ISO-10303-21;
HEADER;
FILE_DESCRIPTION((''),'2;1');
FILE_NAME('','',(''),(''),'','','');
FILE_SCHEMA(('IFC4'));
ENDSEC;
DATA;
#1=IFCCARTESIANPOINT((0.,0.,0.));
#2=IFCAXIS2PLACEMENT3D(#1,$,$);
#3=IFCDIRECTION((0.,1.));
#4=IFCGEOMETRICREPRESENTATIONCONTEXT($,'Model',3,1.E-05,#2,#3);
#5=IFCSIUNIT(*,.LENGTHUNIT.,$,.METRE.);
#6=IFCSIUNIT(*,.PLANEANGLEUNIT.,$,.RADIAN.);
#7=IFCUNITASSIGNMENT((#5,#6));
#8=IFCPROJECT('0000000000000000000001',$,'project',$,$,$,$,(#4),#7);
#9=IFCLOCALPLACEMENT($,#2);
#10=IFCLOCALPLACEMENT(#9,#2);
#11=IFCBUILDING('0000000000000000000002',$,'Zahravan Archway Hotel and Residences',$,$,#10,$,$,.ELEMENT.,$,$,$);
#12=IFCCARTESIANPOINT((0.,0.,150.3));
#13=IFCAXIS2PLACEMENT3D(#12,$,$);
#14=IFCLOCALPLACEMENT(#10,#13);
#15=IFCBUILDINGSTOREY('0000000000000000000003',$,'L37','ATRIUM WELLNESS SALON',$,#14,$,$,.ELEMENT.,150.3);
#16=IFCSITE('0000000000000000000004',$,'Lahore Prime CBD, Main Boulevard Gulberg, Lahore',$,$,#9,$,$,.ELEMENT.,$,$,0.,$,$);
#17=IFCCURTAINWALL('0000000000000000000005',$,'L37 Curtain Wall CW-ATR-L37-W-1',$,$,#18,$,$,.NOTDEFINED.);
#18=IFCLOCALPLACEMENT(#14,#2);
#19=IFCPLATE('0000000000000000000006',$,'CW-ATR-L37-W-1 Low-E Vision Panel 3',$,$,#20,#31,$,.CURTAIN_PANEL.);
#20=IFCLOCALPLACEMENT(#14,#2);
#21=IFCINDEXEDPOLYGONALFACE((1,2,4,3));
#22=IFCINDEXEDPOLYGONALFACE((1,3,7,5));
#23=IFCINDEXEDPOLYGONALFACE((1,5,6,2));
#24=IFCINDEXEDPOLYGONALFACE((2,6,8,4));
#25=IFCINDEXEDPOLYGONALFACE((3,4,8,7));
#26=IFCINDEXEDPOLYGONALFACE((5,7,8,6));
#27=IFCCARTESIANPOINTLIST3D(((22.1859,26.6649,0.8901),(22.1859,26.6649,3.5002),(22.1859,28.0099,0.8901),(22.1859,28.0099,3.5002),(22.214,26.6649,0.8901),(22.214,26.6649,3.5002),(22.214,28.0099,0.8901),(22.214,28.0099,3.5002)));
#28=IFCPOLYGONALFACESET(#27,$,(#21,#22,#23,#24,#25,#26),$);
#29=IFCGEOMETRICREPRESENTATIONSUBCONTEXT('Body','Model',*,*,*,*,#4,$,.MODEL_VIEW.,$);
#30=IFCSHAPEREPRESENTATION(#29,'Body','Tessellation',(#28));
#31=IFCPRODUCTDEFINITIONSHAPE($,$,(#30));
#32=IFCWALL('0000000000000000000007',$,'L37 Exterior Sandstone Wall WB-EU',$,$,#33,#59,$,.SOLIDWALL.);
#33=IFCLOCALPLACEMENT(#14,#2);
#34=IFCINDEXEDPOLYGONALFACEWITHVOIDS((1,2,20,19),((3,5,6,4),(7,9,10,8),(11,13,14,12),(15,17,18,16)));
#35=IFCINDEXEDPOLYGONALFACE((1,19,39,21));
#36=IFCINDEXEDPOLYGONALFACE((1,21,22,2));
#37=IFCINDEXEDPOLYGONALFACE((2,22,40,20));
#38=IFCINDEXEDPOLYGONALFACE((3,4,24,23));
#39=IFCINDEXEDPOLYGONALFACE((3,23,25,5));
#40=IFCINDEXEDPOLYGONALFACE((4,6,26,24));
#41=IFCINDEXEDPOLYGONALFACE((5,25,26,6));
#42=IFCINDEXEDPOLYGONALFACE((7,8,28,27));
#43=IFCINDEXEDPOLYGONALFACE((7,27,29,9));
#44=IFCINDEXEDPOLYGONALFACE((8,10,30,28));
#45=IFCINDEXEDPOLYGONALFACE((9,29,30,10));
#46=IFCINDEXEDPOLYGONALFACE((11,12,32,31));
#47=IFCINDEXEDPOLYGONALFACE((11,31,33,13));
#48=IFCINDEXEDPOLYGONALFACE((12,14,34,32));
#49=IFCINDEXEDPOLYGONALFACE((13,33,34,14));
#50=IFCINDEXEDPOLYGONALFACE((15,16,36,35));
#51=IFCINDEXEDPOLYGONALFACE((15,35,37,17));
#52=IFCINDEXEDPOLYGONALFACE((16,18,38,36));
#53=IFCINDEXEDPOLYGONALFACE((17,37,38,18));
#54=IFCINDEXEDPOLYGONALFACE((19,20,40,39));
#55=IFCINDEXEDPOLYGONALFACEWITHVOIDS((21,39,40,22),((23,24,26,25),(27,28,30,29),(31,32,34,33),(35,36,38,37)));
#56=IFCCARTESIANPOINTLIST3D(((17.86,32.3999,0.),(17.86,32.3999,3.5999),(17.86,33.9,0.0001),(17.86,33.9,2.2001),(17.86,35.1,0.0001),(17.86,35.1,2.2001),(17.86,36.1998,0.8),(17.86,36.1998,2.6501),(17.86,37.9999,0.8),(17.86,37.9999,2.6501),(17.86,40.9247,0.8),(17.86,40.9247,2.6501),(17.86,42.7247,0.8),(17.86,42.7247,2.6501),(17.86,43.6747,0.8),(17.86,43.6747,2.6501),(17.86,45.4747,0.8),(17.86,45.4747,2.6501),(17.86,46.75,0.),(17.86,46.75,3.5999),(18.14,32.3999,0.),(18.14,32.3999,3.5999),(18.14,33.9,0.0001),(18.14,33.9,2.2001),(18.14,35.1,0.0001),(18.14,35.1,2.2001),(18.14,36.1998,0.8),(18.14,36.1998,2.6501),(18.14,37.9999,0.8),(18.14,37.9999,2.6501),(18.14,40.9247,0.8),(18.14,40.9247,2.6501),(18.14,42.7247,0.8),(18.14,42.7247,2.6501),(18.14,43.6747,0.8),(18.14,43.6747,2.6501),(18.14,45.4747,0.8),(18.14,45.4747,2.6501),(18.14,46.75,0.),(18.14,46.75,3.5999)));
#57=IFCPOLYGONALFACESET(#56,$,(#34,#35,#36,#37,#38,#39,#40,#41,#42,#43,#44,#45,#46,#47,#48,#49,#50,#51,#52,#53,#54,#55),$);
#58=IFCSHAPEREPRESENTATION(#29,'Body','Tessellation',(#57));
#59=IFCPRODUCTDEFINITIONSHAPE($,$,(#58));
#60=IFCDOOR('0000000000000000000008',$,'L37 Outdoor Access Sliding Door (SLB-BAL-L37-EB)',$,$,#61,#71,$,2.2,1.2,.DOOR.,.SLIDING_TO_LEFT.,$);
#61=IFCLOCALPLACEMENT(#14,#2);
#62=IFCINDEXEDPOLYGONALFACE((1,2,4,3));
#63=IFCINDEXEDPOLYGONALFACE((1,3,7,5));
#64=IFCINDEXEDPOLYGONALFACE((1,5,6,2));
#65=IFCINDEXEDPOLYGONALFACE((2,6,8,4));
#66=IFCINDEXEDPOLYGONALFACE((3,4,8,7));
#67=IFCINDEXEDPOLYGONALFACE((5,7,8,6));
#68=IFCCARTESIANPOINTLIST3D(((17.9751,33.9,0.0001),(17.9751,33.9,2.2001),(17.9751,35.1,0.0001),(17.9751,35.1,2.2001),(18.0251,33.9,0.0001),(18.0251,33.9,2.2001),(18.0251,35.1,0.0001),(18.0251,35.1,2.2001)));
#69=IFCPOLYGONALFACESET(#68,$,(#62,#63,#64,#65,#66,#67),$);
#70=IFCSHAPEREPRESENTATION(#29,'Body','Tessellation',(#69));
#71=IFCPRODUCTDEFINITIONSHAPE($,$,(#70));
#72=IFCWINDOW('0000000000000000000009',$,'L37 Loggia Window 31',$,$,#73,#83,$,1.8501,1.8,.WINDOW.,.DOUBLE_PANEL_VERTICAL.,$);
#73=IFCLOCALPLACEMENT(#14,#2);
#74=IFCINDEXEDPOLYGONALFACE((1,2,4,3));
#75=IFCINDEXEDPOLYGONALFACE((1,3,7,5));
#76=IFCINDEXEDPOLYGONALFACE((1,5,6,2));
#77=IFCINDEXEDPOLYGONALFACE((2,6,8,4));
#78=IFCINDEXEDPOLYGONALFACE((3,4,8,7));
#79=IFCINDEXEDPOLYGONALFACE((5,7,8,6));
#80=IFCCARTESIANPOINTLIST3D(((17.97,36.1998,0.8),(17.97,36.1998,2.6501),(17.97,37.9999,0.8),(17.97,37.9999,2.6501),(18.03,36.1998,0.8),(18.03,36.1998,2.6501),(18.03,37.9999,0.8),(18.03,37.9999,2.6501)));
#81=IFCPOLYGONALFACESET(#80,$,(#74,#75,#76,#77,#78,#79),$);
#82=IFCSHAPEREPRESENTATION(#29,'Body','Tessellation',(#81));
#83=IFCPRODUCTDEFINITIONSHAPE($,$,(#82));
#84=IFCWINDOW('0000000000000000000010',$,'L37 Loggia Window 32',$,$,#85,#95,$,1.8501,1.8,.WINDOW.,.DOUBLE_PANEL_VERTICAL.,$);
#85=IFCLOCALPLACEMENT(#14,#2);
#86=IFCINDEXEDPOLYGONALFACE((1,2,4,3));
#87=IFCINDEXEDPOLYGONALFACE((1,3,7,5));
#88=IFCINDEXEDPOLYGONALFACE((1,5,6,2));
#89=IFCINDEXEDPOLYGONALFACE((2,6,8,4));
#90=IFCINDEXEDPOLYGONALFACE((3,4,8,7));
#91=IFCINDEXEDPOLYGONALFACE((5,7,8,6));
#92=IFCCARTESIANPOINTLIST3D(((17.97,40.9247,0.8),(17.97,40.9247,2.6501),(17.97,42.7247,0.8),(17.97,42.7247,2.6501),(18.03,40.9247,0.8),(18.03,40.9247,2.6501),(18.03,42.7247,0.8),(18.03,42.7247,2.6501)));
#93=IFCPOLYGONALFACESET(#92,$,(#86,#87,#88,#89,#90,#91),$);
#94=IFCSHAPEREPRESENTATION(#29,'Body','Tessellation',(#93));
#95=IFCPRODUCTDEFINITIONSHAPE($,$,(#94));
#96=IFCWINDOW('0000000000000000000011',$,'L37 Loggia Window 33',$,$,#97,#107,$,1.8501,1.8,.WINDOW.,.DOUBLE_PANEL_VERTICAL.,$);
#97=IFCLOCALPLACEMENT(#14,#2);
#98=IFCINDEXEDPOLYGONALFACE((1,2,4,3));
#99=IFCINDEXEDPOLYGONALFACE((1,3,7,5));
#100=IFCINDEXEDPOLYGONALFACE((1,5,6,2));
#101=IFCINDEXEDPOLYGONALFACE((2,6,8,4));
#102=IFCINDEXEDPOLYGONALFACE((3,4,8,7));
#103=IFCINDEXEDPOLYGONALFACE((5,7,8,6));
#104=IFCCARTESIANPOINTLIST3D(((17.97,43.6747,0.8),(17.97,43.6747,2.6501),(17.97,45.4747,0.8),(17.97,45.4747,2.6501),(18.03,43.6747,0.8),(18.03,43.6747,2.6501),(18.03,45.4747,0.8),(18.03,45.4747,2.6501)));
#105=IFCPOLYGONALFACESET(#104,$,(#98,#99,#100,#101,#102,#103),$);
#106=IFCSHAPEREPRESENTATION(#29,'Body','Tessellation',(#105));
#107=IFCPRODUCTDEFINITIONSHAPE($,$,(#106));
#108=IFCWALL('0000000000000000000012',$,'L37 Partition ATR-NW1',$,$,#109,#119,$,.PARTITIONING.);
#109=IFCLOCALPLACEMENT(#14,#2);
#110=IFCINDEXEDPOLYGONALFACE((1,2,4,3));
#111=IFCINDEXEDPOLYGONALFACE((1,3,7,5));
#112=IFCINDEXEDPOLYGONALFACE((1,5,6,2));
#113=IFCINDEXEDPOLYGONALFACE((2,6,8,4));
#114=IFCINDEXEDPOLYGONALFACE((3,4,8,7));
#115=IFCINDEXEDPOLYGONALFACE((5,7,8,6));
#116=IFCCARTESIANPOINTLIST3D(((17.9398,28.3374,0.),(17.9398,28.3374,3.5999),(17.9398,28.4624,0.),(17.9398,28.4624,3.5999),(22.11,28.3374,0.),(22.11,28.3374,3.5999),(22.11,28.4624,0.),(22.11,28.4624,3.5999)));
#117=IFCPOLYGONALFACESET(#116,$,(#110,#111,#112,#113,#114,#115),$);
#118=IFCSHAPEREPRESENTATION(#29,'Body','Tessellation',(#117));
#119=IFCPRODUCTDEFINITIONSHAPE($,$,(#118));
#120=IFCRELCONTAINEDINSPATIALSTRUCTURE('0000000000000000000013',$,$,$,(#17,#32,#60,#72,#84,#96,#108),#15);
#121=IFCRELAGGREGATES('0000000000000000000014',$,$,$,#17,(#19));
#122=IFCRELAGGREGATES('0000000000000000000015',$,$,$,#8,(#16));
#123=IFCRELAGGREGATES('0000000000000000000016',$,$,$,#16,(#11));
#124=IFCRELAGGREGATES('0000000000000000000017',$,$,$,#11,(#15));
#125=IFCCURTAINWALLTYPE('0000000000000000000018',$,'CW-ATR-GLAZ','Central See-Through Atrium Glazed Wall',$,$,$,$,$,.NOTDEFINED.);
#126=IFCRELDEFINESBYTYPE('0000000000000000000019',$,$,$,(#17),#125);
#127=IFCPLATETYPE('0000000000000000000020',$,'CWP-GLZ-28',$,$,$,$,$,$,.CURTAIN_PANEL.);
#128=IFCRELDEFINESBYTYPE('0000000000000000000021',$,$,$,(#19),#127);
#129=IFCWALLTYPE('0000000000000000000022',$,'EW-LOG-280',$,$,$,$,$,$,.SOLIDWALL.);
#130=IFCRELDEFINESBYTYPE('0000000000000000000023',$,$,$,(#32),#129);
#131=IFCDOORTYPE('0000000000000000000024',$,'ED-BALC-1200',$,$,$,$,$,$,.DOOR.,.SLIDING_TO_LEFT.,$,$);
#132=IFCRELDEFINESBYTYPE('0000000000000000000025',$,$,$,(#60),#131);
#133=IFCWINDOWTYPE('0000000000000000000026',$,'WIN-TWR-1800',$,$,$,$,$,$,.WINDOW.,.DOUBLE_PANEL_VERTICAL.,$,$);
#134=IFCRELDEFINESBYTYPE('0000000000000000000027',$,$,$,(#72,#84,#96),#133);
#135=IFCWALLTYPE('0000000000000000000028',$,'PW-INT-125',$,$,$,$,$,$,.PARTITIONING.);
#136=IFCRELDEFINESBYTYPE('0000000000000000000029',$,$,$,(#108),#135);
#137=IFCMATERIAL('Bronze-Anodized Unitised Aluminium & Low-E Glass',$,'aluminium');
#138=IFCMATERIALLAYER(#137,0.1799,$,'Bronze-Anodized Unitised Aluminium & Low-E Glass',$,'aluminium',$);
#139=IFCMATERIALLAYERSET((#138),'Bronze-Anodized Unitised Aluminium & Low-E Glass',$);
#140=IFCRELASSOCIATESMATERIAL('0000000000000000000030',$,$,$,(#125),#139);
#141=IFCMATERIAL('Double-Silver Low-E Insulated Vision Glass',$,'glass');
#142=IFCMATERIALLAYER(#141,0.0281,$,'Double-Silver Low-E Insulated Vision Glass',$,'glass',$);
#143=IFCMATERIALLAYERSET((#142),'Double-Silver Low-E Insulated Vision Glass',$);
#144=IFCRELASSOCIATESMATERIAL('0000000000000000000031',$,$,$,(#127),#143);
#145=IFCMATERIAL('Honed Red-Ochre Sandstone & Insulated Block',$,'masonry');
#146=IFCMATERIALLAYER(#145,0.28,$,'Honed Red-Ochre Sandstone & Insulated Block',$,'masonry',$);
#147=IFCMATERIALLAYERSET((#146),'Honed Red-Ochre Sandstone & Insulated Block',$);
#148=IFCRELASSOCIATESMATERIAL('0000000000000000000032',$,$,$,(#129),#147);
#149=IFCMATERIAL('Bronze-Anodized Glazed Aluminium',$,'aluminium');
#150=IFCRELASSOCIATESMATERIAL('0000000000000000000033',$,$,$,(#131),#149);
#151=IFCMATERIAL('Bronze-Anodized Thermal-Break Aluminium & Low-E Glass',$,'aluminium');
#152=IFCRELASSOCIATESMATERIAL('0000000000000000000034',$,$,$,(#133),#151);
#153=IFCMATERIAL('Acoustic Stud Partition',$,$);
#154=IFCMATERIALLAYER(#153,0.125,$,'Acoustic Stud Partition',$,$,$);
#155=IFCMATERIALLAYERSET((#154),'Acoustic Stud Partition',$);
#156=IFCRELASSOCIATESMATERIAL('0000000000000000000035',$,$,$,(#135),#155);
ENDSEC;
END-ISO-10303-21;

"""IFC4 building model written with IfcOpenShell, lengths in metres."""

from ifc_helpers import new_model, si_unit, direction, frame, frame_2d, origin, origin_2d, place, context, subcontext, project, spatial, rectangle, extrude, source, transform, mapped, material, layer, layer_set, type_object, type_shapes, element, fill, aggregate, save


model = new_model("IFC4")

# Units and contexts
model_context = context("Model", 3, precision=1e-05, world=origin(), true_north=direction((0.0, 1.0)))
body_context = subcontext(model_context, "Body", "Model", "MODEL_VIEW")
ifc_project = project(units=[si_unit("LENGTHUNIT", "METRE"), si_unit("PLANEANGLEUNIT", "RADIAN")], contexts=[model_context])

# Site, building, storey
site_placement = place(None, origin())
site = spatial("IfcSite", under=ifc_project, at=site_placement, Name="Lahore Prime CBD, Main Boulevard Gulberg, Lahore", CompositionType="ELEMENT", RefElevation=0.0)
building_placement = place(site_placement, origin())
building = spatial("IfcBuilding", under=site, at=building_placement, Name="Zahravan Archway Hotel and Residences", CompositionType="ELEMENT")
storey_placement = place(building_placement, frame((0.0, 0.0, 150.3)))
storey = spatial("IfcBuildingStorey", under=building, at=storey_placement, Name="L37", Description="ATRIUM WELLNESS SALON", CompositionType="ELEMENT", Elevation=150.3)

# Curtain wall
ifc_material_1 = material(Name="Bronze-Anodized Unitised Aluminium & Low-E Glass", Category="aluminium")
ifc_layer_1 = layer(ifc_material_1, 0.1799, Name="Bronze-Anodized Unitised Aluminium & Low-E Glass", Category="aluminium")
ifc_layer_set_1 = layer_set([ifc_layer_1], Name="Bronze-Anodized Unitised Aluminium & Low-E Glass")
curtain_wall_type = type_object("IfcCurtainWallType", Name="CW-ATR-GLAZ", Description="Central See-Through Atrium Glazed Wall", PredefinedType="NOTDEFINED", material=ifc_layer_set_1)
curtain_wall_1_placement = place(storey_placement, origin())
curtain_wall_1 = element("IfcCurtainWall", 1, at=curtain_wall_1_placement, inside=storey, type_object=curtain_wall_type, Name="L37 Curtain Wall CW-ATR-L37-W-1", PredefinedType="NOTDEFINED")

# Plate
ifc_material_2 = material(Name="Double-Silver Low-E Insulated Vision Glass", Category="glass")
ifc_layer_2 = layer(ifc_material_2, 0.0281, Name="Double-Silver Low-E Insulated Vision Glass", Category="glass")
ifc_layer_set_2 = layer_set([ifc_layer_2], Name="Double-Silver Low-E Insulated Vision Glass")
plate_type_1 = type_object("IfcPlateType", Name="CWP-GLZ-28", PredefinedType="CURTAIN_PANEL", material=ifc_layer_set_2)
shared_shape_1 = source(origin(), body_context, "Body", "SweptSolid", [
    extrude(rectangle(XDim=1.345, YDim=0.0281, at=origin_2d()), origin(), (0.0, 0.0, 1.0), 2.6101),
])
plate_1_placement = place(storey_placement, frame((22.2, 27.3374, 0.8901), z_axis=(0.0, 0.0, 1.0), x_axis=(0.0, 1.0, 0.0)))
plate_1 = element("IfcPlate", 2, at=plate_1_placement, type_object=plate_type_1, Name="CW-ATR-L37-W-1 Low-E Vision Panel 3", PredefinedType="CURTAIN_PANEL", context=body_context, shape_type="MappedRepresentation", body=[
    mapped(shared_shape_1, transform((0.0, 0.0, 0.0), scale=1.0)),
])
aggregate(curtain_wall_1, [plate_1])

# Wall, openings, door, windows
ifc_material_3 = material(Name="Honed Red-Ochre Sandstone & Insulated Block", Category="masonry")
ifc_layer_3 = layer(ifc_material_3, 0.28, Name="Honed Red-Ochre Sandstone & Insulated Block", Category="masonry")
ifc_layer_set_3 = layer_set([ifc_layer_3], Name="Honed Red-Ochre Sandstone & Insulated Block")
wall_type_1 = type_object("IfcWallType", Name="EW-LOG-280", PredefinedType="SOLIDWALL", material=ifc_layer_set_3)
wall_1_placement = place(storey_placement, frame((18.0, 32.3999, 0.0), z_axis=(0.0, 0.0, 1.0), x_axis=(0.0, 1.0, 0.0)))
wall_1 = element("IfcWall", 3, at=wall_1_placement, inside=storey, type_object=wall_type_1, Name="L37 Exterior Sandstone Wall WB-EU", PredefinedType="SOLIDWALL", context=body_context, shape_type="SweptSolid", body=[
    extrude(rectangle(XDim=14.3501, YDim=0.28, at=frame_2d((7.175, 0.0))), origin(), (0.0, 0.0, 1.0), 3.5999),
])
opening_1_placement = place(wall_1_placement, frame((1.5, 0.0, 0.0)))
opening_1 = element("IfcOpeningElement", 4, at=opening_1_placement, cuts=wall_1, PredefinedType="OPENING", context=body_context, shape_type="SweptSolid", body=[
    extrude(rectangle(XDim=1.2, YDim=2.2, at=frame_2d((0.6001, 1.1001))), frame((0.0, 0.1499, 0.0), z_axis=(0.0, -1.0, 0.0), x_axis=(1.0, 0.0, 0.0)), (0.0, 0.0, 1.0), 0.3),
])
opening_2_placement = place(wall_1_placement, frame((3.8, 0.0, 0.8)))
opening_2 = element("IfcOpeningElement", 5, at=opening_2_placement, cuts=wall_1, PredefinedType="OPENING", context=body_context, shape_type="SweptSolid", body=[
    extrude(rectangle(XDim=1.8, YDim=1.8501, at=frame_2d((0.8999, 0.925))), frame((0.0, 0.1499, 0.0), z_axis=(0.0, -1.0, 0.0), x_axis=(1.0, 0.0, 0.0)), (0.0, 0.0, 1.0), 0.3),
])
opening_3_placement = place(wall_1_placement, frame((8.5249, 0.0, 0.8)))
opening_3 = element("IfcOpeningElement", 6, at=opening_3_placement, cuts=wall_1, PredefinedType="OPENING", context=body_context, shape_type="SweptSolid", body=[
    extrude(rectangle(XDim=1.8, YDim=1.8501, at=frame_2d((0.8999, 0.925))), frame((0.0, 0.1499, 0.0), z_axis=(0.0, -1.0, 0.0), x_axis=(1.0, 0.0, 0.0)), (0.0, 0.0, 1.0), 0.3),
])
opening_4_placement = place(wall_1_placement, frame((11.2749, 0.0, 0.8)))
opening_4 = element("IfcOpeningElement", 7, at=opening_4_placement, cuts=wall_1, PredefinedType="OPENING", context=body_context, shape_type="SweptSolid", body=[
    extrude(rectangle(XDim=1.8, YDim=1.8501, at=frame_2d((0.8999, 0.925))), frame((0.0, 0.1499, 0.0), z_axis=(0.0, -1.0, 0.0), x_axis=(1.0, 0.0, 0.0)), (0.0, 0.0, 1.0), 0.3),
])
ifc_material_4 = material(Name="Bronze-Anodized Glazed Aluminium", Category="aluminium")
door_type = type_object("IfcDoorType", Name="ED-BALC-1200", OperationType="SLIDING_TO_LEFT", PredefinedType="DOOR", material=ifc_material_4)
shared_shape_2 = source(origin(), body_context, "Body", "SweptSolid", [
    extrude(rectangle(XDim=1.2, YDim=2.2, at=frame_2d((0.6001, 1.1001))), frame((0.0, 0.0249, 0.0), z_axis=(0.0, -1.0, 0.0), x_axis=(1.0, 0.0, 0.0)), (0.0, 0.0, 1.0), 0.05),
])
type_shapes(door_type, [shared_shape_2])
door_placement = place(opening_1_placement, origin())
door = element("IfcDoor", 8, at=door_placement, inside=storey, type_object=door_type, Name="L37 Outdoor Access Sliding Door (SLB-BAL-L37-EB)", OperationType="SLIDING_TO_LEFT", OverallHeight=2.2, OverallWidth=1.2, PredefinedType="DOOR", context=body_context, shape_type="MappedRepresentation", body=[
    mapped(shared_shape_2, transform((0.0, 0.0, 0.0), scale=1.0)),
])
fill(opening_1, door)
ifc_material_5 = material(Name="Bronze-Anodized Thermal-Break Aluminium & Low-E Glass", Category="aluminium")
window_type = type_object("IfcWindowType", Name="WIN-TWR-1800", PartitioningType="DOUBLE_PANEL_VERTICAL", PredefinedType="WINDOW", material=ifc_material_5)
shared_shape_3 = source(origin(), body_context, "Body", "SweptSolid", [
    extrude(rectangle(XDim=1.8, YDim=1.8501, at=frame_2d((0.8999, 0.925))), frame((0.0, 0.03, 0.0), z_axis=(0.0, -1.0, 0.0), x_axis=(1.0, 0.0, 0.0)), (0.0, 0.0, 1.0), 0.0601),
])
type_shapes(window_type, [shared_shape_3])
window_1_placement = place(opening_2_placement, origin())
window_1 = element("IfcWindow", 9, at=window_1_placement, inside=storey, type_object=window_type, Name="L37 Loggia Window 31", OverallHeight=1.8501, OverallWidth=1.8, PartitioningType="DOUBLE_PANEL_VERTICAL", PredefinedType="WINDOW", context=body_context, shape_type="MappedRepresentation", body=[
    mapped(shared_shape_3, transform((0.0, 0.0, 0.0), scale=1.0)),
])
fill(opening_2, window_1)
window_2_placement = place(opening_3_placement, origin())
window_2 = element("IfcWindow", 10, at=window_2_placement, inside=storey, type_object=window_type, Name="L37 Loggia Window 32", OverallHeight=1.8501, OverallWidth=1.8, PartitioningType="DOUBLE_PANEL_VERTICAL", PredefinedType="WINDOW", context=body_context, shape_type="MappedRepresentation", body=[
    mapped(shared_shape_3, transform((0.0, 0.0, 0.0), scale=1.0)),
])
fill(opening_3, window_2)
window_3_placement = place(opening_4_placement, origin())
window_3 = element("IfcWindow", 11, at=window_3_placement, inside=storey, type_object=window_type, Name="L37 Loggia Window 33", OverallHeight=1.8501, OverallWidth=1.8, PartitioningType="DOUBLE_PANEL_VERTICAL", PredefinedType="WINDOW", context=body_context, shape_type="MappedRepresentation", body=[
    mapped(shared_shape_3, transform((0.0, 0.0, 0.0), scale=1.0)),
])
fill(opening_4, window_3)

# Wall
ifc_material_6 = material(Name="Acoustic Stud Partition")
ifc_layer_4 = layer(ifc_material_6, 0.125, Name="Acoustic Stud Partition")
ifc_layer_set_4 = layer_set([ifc_layer_4], Name="Acoustic Stud Partition")
wall_type_2 = type_object("IfcWallType", Name="PW-INT-125", PredefinedType="PARTITIONING", material=ifc_layer_set_4)
wall_2_placement = place(storey_placement, frame((17.9399, 28.3999, 0.0), z_axis=(0.0, 0.0, 1.0), x_axis=(1.0, 0.0, 0.0)))
element("IfcWall", 12, at=wall_2_placement, inside=storey, type_object=wall_type_2, Name="L37 Partition ATR-NW1", PredefinedType="PARTITIONING", context=body_context, shape_type="SweptSolid", body=[
    extrude(rectangle(XDim=4.1702, YDim=0.125, at=frame_2d((2.085, 0.0))), origin(), (0.0, 0.0, 1.0), 3.5999),
])

save(model, "model.ifc")
